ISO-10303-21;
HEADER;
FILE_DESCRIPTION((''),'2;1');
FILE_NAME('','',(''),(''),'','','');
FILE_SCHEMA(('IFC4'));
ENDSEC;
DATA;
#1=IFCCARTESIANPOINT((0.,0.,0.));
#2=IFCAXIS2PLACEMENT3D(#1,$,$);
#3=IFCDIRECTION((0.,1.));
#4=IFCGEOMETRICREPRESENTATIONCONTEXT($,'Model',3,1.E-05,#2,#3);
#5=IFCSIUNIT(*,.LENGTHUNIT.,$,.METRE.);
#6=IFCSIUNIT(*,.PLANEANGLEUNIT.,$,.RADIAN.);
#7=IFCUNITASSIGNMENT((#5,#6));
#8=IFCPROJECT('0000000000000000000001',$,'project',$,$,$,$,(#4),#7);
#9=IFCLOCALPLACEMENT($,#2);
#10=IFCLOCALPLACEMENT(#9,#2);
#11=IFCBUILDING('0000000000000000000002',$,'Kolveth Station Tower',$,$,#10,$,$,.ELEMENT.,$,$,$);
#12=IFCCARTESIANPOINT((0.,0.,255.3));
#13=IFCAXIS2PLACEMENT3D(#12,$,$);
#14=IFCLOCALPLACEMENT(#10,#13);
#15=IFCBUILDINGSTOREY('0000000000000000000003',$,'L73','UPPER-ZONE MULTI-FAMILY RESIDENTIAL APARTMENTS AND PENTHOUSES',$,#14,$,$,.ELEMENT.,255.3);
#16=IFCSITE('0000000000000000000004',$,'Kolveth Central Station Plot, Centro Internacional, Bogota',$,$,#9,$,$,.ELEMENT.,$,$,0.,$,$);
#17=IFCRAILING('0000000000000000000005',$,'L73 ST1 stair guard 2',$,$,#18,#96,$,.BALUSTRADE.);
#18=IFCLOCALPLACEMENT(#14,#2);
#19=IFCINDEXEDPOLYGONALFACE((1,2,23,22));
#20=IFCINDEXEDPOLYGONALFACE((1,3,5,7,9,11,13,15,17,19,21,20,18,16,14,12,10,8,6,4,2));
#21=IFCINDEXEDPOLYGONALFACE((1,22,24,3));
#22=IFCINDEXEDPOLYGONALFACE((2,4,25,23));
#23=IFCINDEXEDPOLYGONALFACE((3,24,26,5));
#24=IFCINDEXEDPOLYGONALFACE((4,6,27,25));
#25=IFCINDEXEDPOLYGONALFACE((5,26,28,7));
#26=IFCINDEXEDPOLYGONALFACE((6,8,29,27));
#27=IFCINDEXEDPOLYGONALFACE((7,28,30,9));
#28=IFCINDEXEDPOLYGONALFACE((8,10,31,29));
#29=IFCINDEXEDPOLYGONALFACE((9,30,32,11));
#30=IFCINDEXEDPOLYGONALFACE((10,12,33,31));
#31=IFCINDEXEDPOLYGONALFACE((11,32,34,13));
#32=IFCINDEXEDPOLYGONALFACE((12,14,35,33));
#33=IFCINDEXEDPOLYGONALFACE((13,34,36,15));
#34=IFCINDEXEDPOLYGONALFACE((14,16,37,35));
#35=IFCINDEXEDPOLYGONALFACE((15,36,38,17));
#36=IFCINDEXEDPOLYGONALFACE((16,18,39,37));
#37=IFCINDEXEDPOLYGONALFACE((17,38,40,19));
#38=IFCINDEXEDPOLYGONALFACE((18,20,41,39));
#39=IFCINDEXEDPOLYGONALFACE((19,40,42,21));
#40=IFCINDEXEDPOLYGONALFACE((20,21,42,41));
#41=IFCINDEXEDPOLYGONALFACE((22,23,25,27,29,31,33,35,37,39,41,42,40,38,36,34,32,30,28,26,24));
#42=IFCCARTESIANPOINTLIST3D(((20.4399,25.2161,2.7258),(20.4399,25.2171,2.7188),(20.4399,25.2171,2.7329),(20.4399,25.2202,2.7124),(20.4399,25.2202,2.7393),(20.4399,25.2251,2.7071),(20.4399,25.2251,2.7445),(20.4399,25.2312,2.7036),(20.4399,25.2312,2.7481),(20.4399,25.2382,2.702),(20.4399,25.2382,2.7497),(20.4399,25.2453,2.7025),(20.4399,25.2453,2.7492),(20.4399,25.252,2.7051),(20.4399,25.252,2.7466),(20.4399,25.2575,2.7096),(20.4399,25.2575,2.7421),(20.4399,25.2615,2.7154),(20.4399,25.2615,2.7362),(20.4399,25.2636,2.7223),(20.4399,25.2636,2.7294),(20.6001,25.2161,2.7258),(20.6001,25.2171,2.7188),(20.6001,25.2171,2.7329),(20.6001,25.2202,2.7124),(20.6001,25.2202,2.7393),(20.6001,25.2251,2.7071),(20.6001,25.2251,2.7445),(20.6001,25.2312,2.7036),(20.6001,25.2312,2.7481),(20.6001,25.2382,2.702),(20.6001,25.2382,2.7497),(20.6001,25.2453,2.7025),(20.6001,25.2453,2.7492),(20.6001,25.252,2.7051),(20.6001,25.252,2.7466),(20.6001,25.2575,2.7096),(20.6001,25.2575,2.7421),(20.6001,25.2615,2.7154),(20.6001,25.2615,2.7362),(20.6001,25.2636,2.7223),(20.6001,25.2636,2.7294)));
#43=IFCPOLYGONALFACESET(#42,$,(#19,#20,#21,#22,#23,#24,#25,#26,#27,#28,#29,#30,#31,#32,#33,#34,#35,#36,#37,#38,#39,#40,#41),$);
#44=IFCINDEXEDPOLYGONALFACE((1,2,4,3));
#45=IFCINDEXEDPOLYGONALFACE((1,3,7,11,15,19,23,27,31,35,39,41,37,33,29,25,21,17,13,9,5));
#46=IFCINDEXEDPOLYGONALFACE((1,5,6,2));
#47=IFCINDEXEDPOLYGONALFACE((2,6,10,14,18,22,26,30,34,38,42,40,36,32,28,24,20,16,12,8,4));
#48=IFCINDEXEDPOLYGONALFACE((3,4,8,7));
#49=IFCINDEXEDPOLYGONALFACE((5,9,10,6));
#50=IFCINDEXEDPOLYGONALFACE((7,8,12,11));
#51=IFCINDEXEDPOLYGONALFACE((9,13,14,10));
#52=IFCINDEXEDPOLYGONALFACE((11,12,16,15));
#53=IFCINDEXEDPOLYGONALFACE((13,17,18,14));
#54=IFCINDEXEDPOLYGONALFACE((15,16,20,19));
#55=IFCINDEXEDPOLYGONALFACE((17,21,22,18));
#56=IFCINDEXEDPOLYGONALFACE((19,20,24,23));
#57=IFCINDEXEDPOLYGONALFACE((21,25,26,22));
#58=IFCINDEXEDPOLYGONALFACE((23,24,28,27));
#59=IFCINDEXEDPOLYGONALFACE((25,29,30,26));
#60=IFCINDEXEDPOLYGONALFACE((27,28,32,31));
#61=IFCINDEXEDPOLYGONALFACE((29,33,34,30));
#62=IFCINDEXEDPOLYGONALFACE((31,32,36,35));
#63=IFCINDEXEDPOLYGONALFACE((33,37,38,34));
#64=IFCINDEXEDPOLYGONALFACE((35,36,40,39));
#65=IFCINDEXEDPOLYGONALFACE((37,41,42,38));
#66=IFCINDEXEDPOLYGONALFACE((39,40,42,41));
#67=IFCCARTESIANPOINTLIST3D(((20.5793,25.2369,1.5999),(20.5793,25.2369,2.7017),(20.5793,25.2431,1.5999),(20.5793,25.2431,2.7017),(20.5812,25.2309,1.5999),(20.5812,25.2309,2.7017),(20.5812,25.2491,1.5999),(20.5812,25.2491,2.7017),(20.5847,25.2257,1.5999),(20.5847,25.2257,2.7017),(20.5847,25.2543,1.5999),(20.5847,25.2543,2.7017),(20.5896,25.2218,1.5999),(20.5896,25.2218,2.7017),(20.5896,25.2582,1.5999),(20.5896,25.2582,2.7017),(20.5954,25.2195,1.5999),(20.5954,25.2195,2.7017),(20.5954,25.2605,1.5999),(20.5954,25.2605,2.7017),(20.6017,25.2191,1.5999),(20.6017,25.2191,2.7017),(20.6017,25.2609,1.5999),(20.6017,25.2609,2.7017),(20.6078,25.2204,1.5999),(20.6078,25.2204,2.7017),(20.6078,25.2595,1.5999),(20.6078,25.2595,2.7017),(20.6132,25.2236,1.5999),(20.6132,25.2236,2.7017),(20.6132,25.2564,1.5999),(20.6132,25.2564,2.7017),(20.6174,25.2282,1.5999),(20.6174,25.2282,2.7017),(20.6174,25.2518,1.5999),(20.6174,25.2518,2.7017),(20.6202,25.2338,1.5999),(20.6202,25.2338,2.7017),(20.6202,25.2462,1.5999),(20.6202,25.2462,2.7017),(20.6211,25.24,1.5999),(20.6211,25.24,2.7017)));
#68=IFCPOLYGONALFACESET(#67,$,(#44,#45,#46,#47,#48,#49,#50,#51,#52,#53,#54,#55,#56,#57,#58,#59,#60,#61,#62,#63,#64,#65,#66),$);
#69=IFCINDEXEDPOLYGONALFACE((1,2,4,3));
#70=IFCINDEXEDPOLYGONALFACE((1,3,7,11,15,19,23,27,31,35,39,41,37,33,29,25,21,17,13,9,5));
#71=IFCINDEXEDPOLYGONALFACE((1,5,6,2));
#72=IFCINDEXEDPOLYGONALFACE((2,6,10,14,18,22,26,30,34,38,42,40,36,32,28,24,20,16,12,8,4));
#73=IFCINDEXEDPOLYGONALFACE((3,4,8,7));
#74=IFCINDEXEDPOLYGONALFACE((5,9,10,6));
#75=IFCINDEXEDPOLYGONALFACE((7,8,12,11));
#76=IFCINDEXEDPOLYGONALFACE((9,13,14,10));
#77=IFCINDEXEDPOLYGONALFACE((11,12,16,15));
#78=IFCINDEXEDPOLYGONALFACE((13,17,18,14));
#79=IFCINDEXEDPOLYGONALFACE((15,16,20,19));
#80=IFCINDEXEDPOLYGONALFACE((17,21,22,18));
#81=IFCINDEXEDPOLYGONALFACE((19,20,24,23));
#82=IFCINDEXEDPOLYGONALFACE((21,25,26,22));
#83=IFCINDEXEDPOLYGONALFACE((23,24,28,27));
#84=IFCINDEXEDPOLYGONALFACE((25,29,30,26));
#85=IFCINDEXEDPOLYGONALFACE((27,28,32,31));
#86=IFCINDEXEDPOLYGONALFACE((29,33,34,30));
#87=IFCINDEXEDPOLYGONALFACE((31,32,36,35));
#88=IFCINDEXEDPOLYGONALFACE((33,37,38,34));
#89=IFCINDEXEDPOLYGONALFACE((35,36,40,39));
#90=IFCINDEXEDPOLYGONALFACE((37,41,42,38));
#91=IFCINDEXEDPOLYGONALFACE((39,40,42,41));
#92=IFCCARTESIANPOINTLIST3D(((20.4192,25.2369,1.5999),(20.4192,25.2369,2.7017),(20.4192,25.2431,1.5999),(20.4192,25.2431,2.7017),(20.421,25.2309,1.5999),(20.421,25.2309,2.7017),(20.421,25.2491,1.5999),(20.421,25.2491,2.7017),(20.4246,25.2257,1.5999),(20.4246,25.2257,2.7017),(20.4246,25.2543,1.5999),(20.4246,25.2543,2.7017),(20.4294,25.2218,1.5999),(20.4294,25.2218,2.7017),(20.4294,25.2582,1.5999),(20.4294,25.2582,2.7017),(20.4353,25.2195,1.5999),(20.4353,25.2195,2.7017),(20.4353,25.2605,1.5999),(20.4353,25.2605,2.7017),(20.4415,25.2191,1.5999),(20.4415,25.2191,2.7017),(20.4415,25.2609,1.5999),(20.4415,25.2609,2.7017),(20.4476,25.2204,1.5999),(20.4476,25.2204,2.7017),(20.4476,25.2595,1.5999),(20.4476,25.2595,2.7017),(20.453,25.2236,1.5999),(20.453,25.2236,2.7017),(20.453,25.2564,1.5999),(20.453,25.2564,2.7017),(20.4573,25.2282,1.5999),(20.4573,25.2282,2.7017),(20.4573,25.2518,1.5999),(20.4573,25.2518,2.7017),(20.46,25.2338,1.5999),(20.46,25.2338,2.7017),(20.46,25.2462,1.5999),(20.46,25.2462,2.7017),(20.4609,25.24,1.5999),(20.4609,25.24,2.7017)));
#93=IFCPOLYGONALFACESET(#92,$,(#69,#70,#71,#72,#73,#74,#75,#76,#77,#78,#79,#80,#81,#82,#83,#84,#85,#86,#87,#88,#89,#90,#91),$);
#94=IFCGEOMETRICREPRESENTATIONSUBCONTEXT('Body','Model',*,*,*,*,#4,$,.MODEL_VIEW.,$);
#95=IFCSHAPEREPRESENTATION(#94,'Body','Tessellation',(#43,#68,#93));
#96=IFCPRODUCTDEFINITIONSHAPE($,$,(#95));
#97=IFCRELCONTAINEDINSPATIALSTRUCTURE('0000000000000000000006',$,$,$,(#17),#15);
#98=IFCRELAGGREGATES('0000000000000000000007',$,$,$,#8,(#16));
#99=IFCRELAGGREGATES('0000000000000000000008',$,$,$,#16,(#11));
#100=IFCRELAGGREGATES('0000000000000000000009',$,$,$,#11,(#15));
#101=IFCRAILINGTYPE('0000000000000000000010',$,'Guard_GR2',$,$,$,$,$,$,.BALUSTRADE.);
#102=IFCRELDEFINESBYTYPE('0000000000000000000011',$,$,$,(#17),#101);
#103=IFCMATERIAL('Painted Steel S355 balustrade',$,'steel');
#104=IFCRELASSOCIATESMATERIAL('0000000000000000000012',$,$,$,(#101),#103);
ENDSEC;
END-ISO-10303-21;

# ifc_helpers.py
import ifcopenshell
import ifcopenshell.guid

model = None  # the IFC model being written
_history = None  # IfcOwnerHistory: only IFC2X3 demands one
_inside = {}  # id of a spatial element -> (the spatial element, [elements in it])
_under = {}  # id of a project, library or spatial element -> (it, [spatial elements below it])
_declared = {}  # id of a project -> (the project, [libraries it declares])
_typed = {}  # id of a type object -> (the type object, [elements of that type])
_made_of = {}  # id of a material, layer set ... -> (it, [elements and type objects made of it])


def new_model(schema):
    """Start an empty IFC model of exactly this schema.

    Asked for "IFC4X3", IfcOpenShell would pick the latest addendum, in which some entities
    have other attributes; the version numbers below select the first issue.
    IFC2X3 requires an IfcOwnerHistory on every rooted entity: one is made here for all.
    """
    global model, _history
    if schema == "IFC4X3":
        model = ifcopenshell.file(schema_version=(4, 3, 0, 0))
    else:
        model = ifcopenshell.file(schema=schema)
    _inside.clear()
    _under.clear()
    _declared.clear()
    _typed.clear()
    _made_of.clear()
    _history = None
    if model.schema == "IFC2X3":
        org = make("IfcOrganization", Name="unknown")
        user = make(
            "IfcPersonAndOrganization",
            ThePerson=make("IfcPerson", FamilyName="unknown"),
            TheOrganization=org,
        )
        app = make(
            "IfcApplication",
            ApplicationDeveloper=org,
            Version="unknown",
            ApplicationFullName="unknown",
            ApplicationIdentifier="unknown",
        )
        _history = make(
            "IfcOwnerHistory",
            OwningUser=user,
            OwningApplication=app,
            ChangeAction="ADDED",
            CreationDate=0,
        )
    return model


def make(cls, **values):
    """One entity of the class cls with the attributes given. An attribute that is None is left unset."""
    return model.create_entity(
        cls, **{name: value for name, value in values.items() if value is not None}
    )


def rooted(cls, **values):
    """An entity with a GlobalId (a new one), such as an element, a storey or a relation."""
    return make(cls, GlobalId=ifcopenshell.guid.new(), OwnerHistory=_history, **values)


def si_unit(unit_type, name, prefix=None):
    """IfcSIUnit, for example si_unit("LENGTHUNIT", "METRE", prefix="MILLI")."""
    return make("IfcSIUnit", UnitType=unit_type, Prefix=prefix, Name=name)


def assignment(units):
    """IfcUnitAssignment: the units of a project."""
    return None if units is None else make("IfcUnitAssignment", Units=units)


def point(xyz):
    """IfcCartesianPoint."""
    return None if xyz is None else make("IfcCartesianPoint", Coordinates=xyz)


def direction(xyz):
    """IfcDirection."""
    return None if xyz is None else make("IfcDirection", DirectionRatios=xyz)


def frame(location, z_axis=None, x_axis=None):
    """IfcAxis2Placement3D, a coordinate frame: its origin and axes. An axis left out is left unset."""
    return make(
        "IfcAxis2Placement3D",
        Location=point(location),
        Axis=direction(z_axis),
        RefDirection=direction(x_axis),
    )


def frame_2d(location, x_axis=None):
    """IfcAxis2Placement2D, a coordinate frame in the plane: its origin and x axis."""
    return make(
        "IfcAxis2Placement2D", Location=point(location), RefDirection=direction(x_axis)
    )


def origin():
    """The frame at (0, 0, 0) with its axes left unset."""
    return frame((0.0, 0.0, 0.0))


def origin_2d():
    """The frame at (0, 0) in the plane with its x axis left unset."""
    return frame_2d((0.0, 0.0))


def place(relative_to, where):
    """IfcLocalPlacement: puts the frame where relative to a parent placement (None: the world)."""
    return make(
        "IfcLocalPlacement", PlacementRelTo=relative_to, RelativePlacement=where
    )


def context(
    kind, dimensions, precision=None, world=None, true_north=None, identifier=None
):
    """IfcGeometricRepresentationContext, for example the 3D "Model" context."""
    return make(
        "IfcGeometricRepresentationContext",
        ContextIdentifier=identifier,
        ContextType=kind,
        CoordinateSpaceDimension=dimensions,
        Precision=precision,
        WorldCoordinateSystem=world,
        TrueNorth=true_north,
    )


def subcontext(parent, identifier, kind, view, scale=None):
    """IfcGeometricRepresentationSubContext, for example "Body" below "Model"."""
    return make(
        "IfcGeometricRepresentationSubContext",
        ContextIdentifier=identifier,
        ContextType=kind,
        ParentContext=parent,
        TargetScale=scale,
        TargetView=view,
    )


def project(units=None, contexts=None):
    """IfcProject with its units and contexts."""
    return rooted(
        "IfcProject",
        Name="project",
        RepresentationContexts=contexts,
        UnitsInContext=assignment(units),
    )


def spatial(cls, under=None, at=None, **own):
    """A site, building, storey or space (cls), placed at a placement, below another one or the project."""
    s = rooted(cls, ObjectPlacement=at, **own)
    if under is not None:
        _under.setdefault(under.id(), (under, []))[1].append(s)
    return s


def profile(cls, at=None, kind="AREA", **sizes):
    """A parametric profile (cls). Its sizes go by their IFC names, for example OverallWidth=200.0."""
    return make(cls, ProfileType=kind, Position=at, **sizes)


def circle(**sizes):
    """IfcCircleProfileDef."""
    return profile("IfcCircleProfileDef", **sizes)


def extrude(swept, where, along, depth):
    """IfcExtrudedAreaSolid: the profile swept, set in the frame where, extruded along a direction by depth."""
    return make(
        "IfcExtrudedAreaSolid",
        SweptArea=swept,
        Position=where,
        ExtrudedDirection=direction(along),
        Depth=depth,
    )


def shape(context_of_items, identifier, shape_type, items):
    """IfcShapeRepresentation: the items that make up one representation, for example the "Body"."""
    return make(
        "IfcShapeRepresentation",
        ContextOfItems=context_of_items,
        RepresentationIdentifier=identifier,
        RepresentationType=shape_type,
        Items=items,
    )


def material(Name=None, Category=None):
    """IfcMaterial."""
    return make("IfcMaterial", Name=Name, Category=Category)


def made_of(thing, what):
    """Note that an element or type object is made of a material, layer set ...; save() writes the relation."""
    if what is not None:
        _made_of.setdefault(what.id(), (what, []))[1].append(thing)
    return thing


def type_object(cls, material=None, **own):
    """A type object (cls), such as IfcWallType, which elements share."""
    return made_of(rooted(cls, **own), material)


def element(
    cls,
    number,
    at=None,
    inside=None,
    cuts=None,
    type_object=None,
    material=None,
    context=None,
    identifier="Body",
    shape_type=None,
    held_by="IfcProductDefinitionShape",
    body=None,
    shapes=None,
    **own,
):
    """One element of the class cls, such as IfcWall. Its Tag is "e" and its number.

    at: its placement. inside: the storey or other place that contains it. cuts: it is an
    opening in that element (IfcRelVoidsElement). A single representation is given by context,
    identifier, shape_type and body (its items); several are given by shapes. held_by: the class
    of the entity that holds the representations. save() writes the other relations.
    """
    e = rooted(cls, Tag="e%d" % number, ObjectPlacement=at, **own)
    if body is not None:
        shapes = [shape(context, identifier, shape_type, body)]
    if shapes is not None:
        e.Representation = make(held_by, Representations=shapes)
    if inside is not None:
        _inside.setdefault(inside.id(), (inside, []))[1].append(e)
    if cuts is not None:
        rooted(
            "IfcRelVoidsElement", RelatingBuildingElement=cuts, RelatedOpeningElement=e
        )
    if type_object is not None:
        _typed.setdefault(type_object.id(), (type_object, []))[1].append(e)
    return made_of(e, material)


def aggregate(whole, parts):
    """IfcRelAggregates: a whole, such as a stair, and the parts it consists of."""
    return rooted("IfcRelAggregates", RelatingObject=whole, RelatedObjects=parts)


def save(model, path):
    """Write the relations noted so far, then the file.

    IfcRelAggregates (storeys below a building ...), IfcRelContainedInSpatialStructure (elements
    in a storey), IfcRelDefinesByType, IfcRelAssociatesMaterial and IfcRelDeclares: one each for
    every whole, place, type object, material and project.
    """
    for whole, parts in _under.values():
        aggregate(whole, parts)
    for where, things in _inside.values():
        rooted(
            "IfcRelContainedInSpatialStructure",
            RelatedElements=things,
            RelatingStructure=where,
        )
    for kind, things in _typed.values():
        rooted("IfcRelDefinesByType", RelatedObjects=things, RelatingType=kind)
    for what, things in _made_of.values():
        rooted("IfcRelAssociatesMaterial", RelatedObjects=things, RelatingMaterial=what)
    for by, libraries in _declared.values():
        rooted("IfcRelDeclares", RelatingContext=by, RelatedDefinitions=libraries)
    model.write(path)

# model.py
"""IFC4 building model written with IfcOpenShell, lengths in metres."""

from ifc_helpers import new_model, si_unit, direction, frame, origin, origin_2d, place, context, subcontext, project, spatial, circle, extrude, material, type_object, element, save


model = new_model("IFC4")

# Units and contexts
model_context = context("Model", 3, precision=1e-05, world=origin(), true_north=direction((0.0, 1.0)))
body_context = subcontext(model_context, "Body", "Model", "MODEL_VIEW")
ifc_project = project(units=[si_unit("LENGTHUNIT", "METRE"), si_unit("PLANEANGLEUNIT", "RADIAN")], contexts=[model_context])

# Site, building, storey
site_placement = place(None, origin())
site = spatial("IfcSite", under=ifc_project, at=site_placement, Name="Kolveth Central Station Plot, Centro Internacional, Bogota", CompositionType="ELEMENT", RefElevation=0.0)
building_placement = place(site_placement, origin())
building = spatial("IfcBuilding", under=site, at=building_placement, Name="Kolveth Station Tower", CompositionType="ELEMENT")
storey_placement = place(building_placement, frame((0.0, 0.0, 255.3)))
storey = spatial("IfcBuildingStorey", under=building, at=storey_placement, Name="L73", Description="UPPER-ZONE MULTI-FAMILY RESIDENTIAL APARTMENTS AND PENTHOUSES", CompositionType="ELEMENT", Elevation=255.3)

# Railing
ifc_material_1 = material(Name="Painted Steel S355 balustrade", Category="steel")
railing_type_1 = type_object("IfcRailingType", Name="Guard_GR2", PredefinedType="BALUSTRADE", material=ifc_material_1)
railing_1_placement = place(storey_placement, frame((20.6001, 25.24, 1.5999)))
element("IfcRailing", 1, at=railing_1_placement, inside=storey, type_object=railing_type_1, Name="L73 ST1 stair guard 2", PredefinedType="BALUSTRADE", context=body_context, shape_type="SweptSolid", body=[
    extrude(circle(Radius=0.0239, at=origin_2d()), frame((0.0, 0.0, 1.126), z_axis=(-1.0, 0.0, 0.0), x_axis=(0.0, -1.0, 0.0)), (0.0, 0.0, 1.0), 0.1602),
    extrude(circle(Radius=0.021, at=origin_2d()), origin(), (0.0, 0.0, 1.0), 1.1018),
    extrude(circle(Radius=0.021, at=origin_2d()), frame((-0.1602, 0.0, 0.0)), (0.0, 0.0, 1.0), 1.1018),
])

save(model, "model.ifc")
